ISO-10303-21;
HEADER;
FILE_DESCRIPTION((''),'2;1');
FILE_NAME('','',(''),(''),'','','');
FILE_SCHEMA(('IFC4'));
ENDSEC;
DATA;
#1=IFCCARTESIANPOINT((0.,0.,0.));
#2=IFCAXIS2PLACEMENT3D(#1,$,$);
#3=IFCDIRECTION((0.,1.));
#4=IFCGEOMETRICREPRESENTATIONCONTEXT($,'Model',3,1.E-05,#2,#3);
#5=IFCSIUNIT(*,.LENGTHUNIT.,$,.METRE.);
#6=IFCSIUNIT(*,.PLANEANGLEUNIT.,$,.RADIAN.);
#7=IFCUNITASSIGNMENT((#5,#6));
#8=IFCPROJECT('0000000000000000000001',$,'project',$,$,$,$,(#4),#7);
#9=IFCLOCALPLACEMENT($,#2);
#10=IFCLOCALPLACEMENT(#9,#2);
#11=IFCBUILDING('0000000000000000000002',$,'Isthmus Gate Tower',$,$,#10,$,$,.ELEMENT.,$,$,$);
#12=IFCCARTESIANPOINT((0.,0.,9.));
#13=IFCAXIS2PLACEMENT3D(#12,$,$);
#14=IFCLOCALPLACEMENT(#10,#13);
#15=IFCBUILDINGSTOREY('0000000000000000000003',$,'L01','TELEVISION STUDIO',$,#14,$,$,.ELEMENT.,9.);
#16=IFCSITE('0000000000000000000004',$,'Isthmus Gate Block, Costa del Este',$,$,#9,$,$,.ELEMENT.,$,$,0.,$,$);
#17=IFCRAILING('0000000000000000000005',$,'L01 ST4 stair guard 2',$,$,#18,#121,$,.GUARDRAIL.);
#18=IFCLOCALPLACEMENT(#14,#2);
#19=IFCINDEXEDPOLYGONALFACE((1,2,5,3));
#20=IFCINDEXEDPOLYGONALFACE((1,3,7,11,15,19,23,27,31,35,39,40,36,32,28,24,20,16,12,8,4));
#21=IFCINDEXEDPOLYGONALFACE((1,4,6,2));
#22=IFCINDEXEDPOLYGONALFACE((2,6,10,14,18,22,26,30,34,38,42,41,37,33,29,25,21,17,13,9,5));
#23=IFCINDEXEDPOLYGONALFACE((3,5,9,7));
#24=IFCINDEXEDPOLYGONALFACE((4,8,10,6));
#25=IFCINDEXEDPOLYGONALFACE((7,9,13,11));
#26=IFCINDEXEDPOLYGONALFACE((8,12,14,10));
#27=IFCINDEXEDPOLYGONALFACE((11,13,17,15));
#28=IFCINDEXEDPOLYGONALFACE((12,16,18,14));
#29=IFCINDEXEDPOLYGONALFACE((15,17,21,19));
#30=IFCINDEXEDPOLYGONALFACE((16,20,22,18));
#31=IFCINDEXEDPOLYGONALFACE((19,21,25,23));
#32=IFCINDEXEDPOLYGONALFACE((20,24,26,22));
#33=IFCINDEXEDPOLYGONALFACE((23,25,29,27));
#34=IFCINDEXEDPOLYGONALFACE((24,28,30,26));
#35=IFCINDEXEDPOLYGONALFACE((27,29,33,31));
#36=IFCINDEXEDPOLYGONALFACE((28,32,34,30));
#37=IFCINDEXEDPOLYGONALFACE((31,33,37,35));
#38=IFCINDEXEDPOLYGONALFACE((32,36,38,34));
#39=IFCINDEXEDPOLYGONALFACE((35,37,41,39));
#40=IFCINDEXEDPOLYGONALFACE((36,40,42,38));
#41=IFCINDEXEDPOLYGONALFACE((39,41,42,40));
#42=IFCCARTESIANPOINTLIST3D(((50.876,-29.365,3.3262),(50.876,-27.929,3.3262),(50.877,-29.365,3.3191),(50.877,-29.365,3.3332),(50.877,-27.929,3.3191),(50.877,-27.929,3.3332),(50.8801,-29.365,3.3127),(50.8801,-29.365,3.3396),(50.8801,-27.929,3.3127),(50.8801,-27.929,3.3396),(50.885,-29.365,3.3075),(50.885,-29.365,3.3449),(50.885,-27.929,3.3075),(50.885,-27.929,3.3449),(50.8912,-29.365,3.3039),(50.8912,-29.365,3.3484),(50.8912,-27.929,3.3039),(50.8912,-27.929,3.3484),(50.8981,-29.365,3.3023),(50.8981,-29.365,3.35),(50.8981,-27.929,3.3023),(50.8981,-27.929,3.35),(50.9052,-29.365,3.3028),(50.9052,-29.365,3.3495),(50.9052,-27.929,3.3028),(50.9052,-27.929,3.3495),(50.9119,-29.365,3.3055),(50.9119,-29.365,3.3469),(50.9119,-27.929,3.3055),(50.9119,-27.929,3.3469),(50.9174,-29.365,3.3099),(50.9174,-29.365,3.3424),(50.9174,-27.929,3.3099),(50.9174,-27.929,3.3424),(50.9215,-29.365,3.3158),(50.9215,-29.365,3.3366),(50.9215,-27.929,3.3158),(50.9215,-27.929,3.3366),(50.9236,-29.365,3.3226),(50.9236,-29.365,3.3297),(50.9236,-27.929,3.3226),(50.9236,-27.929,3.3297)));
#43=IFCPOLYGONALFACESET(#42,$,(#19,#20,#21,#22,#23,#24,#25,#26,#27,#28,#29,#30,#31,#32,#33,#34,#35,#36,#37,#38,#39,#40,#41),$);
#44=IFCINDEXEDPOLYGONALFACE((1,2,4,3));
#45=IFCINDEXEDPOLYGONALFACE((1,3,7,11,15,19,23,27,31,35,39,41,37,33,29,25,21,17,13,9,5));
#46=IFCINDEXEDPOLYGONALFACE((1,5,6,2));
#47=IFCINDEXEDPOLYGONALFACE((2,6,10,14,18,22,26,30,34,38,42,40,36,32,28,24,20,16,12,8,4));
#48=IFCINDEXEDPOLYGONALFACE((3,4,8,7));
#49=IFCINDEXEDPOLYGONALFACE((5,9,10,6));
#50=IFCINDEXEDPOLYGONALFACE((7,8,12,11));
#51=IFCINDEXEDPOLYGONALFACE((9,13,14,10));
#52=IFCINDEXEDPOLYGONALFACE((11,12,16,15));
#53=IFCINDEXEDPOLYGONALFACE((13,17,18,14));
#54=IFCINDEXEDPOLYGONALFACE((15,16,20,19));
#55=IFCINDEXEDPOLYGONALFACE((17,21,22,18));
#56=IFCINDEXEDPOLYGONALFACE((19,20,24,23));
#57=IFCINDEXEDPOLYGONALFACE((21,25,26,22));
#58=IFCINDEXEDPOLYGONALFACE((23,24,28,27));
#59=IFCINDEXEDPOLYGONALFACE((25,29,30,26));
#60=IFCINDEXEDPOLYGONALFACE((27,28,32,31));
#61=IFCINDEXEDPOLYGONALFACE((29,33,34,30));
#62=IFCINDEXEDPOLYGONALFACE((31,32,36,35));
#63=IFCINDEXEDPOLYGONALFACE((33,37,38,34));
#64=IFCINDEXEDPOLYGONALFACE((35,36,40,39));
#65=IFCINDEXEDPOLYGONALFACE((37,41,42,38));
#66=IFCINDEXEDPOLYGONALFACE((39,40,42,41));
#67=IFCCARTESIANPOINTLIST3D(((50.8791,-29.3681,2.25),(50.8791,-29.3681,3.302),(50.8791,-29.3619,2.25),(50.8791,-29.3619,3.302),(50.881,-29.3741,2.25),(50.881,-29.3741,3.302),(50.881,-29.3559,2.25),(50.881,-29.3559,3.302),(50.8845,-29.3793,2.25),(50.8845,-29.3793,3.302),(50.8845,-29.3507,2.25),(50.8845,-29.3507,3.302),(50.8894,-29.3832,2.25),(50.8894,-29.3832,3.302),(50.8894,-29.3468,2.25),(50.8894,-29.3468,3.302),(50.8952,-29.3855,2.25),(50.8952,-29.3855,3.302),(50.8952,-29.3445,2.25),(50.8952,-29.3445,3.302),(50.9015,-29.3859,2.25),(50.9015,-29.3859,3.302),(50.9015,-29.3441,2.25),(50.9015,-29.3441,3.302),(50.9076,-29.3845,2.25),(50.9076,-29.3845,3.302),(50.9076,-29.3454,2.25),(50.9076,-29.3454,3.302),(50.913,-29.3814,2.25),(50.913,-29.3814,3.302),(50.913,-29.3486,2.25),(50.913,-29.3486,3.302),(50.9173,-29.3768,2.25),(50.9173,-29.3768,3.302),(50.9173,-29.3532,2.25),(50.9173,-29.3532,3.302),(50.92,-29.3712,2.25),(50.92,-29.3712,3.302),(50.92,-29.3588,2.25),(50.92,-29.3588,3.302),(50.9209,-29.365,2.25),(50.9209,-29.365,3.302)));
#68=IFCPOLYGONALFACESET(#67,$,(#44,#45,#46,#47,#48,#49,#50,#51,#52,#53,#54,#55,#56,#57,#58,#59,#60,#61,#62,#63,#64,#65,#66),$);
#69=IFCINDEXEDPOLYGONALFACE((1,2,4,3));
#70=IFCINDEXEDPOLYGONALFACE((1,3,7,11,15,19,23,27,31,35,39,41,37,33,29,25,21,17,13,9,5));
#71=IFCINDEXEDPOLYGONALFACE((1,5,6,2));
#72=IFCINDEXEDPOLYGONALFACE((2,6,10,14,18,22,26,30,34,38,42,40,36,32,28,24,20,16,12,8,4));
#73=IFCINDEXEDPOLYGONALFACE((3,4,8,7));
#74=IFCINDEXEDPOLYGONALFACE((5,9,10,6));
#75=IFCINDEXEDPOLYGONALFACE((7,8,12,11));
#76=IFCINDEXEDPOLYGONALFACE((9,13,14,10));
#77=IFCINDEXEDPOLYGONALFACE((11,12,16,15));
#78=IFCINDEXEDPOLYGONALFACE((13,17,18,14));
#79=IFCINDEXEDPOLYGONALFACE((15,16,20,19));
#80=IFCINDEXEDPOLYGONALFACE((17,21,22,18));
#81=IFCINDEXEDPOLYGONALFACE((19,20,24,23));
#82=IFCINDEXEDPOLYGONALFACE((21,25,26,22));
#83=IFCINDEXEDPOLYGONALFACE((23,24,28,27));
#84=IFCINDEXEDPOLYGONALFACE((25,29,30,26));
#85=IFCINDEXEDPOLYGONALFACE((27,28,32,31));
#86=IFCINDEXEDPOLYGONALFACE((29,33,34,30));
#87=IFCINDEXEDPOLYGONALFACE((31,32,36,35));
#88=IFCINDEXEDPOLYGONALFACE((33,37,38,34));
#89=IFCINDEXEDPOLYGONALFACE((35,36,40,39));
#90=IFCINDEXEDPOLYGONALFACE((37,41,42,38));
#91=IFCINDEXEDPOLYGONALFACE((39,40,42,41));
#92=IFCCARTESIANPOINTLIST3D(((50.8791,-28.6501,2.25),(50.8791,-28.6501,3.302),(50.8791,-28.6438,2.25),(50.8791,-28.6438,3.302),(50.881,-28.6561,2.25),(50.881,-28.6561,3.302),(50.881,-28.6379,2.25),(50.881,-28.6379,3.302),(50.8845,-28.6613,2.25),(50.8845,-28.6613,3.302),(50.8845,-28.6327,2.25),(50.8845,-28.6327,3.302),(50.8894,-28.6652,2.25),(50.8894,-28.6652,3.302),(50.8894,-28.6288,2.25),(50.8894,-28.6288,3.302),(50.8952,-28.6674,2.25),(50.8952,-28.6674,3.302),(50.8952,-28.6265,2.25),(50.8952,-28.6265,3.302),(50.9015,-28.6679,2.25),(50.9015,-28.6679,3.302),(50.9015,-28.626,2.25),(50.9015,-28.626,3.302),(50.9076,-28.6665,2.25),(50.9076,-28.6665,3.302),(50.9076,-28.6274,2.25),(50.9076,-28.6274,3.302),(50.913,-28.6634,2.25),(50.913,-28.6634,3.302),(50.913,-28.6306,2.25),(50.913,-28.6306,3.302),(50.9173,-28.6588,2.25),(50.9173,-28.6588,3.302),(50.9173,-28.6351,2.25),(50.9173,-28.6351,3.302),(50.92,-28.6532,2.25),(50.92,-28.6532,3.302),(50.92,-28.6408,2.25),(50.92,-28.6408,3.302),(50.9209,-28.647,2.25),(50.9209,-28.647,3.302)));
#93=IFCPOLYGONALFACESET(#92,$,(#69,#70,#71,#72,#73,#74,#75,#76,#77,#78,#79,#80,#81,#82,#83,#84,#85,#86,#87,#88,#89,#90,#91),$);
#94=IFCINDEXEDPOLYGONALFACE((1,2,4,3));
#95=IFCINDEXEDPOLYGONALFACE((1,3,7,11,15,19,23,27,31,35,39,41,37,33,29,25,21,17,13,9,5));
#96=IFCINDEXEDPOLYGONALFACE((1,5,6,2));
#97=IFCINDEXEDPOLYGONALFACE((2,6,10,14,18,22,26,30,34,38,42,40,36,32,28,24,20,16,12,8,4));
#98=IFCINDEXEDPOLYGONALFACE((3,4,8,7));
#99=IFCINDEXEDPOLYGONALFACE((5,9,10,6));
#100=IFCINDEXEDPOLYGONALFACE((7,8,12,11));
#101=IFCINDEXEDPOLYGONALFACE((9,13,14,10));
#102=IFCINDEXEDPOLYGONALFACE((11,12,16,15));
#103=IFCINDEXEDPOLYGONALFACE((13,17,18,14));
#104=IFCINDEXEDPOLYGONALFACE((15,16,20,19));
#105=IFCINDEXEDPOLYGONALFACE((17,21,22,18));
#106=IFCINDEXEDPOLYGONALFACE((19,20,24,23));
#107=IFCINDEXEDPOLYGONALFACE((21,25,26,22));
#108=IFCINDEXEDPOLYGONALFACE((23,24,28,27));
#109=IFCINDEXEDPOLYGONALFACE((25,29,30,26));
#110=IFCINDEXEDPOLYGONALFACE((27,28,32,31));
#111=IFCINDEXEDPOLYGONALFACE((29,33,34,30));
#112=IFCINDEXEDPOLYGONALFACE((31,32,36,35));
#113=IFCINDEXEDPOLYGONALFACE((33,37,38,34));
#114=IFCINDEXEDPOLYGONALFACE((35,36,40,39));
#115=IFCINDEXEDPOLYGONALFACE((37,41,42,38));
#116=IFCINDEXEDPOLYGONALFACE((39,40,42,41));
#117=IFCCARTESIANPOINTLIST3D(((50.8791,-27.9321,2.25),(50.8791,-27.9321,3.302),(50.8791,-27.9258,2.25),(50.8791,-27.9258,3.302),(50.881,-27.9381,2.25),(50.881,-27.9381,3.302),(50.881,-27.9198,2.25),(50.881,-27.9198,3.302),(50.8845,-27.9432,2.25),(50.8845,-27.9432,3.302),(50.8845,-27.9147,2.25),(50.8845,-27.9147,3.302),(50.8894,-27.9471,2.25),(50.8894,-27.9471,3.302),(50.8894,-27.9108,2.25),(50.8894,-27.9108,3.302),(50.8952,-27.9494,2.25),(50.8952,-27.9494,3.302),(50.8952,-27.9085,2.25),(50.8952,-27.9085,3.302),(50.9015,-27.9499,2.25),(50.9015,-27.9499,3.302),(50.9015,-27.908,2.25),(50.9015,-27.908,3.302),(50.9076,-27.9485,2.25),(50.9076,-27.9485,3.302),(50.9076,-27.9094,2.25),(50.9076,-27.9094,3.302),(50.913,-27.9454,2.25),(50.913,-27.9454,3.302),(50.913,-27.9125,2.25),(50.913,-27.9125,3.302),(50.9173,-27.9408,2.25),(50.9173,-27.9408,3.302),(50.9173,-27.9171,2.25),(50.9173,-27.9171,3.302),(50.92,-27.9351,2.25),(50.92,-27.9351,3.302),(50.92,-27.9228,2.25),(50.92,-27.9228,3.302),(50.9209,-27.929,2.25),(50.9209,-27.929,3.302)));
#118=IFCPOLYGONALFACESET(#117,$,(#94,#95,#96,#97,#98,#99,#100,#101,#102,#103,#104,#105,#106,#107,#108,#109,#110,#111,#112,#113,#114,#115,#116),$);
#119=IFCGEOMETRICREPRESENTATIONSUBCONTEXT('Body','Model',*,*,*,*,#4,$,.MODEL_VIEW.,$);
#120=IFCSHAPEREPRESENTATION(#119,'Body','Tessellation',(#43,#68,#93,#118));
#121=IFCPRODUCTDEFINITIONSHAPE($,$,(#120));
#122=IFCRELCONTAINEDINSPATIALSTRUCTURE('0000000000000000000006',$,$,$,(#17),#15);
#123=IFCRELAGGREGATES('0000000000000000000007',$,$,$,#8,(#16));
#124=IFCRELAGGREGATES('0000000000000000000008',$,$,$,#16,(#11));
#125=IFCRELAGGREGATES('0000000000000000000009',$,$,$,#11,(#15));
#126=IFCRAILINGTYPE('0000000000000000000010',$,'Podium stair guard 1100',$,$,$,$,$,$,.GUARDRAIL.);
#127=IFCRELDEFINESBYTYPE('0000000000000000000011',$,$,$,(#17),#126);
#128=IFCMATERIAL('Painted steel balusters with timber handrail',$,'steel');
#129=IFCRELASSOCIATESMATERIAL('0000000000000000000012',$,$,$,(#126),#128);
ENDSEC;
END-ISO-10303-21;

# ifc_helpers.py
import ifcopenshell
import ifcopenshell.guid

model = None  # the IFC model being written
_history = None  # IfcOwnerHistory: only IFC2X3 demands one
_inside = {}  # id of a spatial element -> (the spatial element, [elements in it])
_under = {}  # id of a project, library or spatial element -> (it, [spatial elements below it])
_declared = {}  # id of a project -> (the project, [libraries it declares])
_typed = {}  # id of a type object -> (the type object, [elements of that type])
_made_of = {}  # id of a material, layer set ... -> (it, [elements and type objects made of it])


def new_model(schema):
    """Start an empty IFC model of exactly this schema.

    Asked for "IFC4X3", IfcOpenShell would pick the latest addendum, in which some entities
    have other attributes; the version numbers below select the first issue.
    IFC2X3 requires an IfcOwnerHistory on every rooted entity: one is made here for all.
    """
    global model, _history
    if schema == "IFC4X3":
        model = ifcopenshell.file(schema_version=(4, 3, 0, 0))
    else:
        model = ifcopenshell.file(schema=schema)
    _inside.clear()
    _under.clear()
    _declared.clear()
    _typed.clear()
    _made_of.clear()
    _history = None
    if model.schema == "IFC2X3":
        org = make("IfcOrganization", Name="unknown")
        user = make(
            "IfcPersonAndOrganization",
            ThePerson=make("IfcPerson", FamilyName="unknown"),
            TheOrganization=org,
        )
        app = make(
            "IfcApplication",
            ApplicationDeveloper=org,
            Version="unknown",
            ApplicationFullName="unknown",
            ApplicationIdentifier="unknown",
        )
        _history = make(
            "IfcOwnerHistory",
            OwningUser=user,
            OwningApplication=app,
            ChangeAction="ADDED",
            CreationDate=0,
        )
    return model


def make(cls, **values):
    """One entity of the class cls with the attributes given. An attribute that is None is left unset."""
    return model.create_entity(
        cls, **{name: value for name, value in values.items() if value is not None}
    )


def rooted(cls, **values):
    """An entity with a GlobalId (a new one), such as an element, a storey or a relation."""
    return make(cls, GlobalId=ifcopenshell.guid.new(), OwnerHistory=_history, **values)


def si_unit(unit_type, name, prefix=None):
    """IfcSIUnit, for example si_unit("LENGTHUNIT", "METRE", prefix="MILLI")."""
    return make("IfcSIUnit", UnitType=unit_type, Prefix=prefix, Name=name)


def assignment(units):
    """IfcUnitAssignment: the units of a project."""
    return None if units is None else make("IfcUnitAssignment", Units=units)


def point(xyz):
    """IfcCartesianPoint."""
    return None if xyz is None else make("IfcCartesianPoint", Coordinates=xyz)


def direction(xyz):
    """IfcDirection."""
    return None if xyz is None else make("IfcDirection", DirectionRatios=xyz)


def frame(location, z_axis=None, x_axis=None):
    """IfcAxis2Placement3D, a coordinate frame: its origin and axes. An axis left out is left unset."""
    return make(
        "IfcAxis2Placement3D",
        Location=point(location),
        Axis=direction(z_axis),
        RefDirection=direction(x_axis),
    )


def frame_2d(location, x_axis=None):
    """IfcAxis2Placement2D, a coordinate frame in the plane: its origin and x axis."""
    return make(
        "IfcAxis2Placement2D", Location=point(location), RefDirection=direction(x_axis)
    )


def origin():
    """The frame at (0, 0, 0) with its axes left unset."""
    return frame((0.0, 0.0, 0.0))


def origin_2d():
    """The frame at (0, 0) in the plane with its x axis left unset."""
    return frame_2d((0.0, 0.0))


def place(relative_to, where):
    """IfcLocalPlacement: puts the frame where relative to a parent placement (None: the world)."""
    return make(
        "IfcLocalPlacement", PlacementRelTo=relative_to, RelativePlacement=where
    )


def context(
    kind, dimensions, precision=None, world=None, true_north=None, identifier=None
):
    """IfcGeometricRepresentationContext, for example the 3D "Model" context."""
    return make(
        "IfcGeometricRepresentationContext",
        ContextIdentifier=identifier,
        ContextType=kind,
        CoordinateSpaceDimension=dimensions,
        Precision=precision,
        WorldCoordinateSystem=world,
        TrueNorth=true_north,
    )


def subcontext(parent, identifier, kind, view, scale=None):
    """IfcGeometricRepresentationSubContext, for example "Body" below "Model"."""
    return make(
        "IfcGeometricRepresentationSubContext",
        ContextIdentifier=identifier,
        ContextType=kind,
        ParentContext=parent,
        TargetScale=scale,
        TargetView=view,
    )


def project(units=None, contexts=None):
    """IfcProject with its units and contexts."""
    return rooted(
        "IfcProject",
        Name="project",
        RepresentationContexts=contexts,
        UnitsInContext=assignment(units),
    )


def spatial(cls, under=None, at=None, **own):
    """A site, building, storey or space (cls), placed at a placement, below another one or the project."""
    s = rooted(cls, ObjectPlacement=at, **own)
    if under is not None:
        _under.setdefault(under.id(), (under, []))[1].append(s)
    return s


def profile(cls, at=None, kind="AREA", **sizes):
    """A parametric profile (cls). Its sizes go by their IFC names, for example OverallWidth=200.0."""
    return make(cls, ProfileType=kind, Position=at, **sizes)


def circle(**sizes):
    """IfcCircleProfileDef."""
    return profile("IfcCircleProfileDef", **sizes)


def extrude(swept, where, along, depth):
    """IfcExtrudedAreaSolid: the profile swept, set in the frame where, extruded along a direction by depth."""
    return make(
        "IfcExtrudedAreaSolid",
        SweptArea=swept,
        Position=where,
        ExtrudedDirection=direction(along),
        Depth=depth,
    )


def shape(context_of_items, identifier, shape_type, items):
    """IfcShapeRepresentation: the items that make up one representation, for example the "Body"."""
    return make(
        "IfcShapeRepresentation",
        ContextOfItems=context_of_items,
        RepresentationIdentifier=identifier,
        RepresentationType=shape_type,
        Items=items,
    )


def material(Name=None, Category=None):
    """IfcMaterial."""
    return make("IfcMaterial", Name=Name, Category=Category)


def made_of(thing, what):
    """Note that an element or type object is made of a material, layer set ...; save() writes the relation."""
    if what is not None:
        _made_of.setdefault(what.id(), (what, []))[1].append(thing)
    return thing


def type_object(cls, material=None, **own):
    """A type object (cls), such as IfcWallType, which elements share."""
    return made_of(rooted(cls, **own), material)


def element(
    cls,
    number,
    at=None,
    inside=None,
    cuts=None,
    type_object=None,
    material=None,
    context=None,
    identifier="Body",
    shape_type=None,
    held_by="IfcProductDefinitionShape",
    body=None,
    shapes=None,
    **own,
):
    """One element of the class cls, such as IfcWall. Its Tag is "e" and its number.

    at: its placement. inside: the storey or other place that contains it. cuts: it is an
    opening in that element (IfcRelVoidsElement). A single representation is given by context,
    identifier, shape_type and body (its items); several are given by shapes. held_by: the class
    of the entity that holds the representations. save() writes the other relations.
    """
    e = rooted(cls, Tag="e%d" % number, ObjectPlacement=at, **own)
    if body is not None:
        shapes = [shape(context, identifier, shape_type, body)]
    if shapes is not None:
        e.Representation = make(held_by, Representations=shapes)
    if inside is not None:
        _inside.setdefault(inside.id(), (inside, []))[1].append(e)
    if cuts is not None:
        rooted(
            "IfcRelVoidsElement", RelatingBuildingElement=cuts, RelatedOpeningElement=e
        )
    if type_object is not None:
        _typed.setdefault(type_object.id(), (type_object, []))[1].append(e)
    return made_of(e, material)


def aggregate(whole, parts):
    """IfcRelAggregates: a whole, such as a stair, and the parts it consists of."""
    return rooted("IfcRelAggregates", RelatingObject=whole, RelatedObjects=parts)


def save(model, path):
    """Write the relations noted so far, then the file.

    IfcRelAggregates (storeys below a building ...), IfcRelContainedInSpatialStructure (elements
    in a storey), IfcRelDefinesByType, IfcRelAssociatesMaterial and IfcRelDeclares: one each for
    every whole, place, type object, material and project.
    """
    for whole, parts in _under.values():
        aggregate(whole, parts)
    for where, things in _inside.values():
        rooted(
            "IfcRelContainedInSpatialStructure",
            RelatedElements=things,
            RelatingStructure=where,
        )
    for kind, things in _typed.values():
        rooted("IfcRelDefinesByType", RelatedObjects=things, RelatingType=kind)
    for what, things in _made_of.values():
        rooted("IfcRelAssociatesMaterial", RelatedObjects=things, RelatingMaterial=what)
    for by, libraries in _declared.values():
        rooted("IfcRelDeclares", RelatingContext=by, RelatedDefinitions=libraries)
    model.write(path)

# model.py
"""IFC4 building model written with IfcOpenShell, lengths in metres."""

from ifc_helpers import new_model, si_unit, direction, frame, origin, origin_2d, place, context, subcontext, project, spatial, circle, extrude, material, type_object, element, save


model = new_model("IFC4")

# Units and contexts
model_context = context("Model", 3, precision=1e-05, world=origin(), true_north=direction((0.0, 1.0)))
body_context = subcontext(model_context, "Body", "Model", "MODEL_VIEW")
ifc_project = project(units=[si_unit("LENGTHUNIT", "METRE"), si_unit("PLANEANGLEUNIT", "RADIAN")], contexts=[model_context])

# Site, building, storey
site_placement = place(None, origin())
site = spatial("IfcSite", under=ifc_project, at=site_placement, Name="Isthmus Gate Block, Costa del Este", CompositionType="ELEMENT", RefElevation=0.0)
building_placement = place(site_placement, origin())
building = spatial("IfcBuilding", under=site, at=building_placement, Name="Isthmus Gate Tower", CompositionType="ELEMENT")
storey_placement = place(building_placement, frame((0.0, 0.0, 9.0)))
storey = spatial("IfcBuildingStorey", under=building, at=storey_placement, Name="L01", Description="TELEVISION STUDIO", CompositionType="ELEMENT", Elevation=9.0)

# Railing
ifc_material_1 = material(Name="Painted steel balusters with timber handrail", Category="steel")
railing_type_1 = type_object("IfcRailingType", Name="Podium stair guard 1100", PredefinedType="GUARDRAIL", material=ifc_material_1)
railing_1_placement = place(storey_placement, frame((50.8999, -29.365, 2.25)))
element("IfcRailing", 1, at=railing_1_placement, inside=storey, type_object=railing_type_1, Name="L01 ST4 stair guard 2", PredefinedType="GUARDRAIL", context=body_context, shape_type="SweptSolid", body=[
    extrude(circle(Radius=0.0239, at=origin_2d()), frame((0.0, 0.0, 1.0762), z_axis=(0.0, 1.0, 0.0), x_axis=(-1.0, 0.0, 0.0)), (0.0, 0.0, 1.0), 1.436),
    extrude(circle(Radius=0.021, at=origin_2d()), origin(), (0.0, 0.0, 1.0), 1.052),
    extrude(circle(Radius=0.021, at=origin_2d()), frame((0.0, 0.718, 0.0)), (0.0, 0.0, 1.0), 1.052),
    extrude(circle(Radius=0.021, at=origin_2d()), frame((0.0, 1.436, 0.0)), (0.0, 0.0, 1.0), 1.052),
])

save(model, "model.ifc")
